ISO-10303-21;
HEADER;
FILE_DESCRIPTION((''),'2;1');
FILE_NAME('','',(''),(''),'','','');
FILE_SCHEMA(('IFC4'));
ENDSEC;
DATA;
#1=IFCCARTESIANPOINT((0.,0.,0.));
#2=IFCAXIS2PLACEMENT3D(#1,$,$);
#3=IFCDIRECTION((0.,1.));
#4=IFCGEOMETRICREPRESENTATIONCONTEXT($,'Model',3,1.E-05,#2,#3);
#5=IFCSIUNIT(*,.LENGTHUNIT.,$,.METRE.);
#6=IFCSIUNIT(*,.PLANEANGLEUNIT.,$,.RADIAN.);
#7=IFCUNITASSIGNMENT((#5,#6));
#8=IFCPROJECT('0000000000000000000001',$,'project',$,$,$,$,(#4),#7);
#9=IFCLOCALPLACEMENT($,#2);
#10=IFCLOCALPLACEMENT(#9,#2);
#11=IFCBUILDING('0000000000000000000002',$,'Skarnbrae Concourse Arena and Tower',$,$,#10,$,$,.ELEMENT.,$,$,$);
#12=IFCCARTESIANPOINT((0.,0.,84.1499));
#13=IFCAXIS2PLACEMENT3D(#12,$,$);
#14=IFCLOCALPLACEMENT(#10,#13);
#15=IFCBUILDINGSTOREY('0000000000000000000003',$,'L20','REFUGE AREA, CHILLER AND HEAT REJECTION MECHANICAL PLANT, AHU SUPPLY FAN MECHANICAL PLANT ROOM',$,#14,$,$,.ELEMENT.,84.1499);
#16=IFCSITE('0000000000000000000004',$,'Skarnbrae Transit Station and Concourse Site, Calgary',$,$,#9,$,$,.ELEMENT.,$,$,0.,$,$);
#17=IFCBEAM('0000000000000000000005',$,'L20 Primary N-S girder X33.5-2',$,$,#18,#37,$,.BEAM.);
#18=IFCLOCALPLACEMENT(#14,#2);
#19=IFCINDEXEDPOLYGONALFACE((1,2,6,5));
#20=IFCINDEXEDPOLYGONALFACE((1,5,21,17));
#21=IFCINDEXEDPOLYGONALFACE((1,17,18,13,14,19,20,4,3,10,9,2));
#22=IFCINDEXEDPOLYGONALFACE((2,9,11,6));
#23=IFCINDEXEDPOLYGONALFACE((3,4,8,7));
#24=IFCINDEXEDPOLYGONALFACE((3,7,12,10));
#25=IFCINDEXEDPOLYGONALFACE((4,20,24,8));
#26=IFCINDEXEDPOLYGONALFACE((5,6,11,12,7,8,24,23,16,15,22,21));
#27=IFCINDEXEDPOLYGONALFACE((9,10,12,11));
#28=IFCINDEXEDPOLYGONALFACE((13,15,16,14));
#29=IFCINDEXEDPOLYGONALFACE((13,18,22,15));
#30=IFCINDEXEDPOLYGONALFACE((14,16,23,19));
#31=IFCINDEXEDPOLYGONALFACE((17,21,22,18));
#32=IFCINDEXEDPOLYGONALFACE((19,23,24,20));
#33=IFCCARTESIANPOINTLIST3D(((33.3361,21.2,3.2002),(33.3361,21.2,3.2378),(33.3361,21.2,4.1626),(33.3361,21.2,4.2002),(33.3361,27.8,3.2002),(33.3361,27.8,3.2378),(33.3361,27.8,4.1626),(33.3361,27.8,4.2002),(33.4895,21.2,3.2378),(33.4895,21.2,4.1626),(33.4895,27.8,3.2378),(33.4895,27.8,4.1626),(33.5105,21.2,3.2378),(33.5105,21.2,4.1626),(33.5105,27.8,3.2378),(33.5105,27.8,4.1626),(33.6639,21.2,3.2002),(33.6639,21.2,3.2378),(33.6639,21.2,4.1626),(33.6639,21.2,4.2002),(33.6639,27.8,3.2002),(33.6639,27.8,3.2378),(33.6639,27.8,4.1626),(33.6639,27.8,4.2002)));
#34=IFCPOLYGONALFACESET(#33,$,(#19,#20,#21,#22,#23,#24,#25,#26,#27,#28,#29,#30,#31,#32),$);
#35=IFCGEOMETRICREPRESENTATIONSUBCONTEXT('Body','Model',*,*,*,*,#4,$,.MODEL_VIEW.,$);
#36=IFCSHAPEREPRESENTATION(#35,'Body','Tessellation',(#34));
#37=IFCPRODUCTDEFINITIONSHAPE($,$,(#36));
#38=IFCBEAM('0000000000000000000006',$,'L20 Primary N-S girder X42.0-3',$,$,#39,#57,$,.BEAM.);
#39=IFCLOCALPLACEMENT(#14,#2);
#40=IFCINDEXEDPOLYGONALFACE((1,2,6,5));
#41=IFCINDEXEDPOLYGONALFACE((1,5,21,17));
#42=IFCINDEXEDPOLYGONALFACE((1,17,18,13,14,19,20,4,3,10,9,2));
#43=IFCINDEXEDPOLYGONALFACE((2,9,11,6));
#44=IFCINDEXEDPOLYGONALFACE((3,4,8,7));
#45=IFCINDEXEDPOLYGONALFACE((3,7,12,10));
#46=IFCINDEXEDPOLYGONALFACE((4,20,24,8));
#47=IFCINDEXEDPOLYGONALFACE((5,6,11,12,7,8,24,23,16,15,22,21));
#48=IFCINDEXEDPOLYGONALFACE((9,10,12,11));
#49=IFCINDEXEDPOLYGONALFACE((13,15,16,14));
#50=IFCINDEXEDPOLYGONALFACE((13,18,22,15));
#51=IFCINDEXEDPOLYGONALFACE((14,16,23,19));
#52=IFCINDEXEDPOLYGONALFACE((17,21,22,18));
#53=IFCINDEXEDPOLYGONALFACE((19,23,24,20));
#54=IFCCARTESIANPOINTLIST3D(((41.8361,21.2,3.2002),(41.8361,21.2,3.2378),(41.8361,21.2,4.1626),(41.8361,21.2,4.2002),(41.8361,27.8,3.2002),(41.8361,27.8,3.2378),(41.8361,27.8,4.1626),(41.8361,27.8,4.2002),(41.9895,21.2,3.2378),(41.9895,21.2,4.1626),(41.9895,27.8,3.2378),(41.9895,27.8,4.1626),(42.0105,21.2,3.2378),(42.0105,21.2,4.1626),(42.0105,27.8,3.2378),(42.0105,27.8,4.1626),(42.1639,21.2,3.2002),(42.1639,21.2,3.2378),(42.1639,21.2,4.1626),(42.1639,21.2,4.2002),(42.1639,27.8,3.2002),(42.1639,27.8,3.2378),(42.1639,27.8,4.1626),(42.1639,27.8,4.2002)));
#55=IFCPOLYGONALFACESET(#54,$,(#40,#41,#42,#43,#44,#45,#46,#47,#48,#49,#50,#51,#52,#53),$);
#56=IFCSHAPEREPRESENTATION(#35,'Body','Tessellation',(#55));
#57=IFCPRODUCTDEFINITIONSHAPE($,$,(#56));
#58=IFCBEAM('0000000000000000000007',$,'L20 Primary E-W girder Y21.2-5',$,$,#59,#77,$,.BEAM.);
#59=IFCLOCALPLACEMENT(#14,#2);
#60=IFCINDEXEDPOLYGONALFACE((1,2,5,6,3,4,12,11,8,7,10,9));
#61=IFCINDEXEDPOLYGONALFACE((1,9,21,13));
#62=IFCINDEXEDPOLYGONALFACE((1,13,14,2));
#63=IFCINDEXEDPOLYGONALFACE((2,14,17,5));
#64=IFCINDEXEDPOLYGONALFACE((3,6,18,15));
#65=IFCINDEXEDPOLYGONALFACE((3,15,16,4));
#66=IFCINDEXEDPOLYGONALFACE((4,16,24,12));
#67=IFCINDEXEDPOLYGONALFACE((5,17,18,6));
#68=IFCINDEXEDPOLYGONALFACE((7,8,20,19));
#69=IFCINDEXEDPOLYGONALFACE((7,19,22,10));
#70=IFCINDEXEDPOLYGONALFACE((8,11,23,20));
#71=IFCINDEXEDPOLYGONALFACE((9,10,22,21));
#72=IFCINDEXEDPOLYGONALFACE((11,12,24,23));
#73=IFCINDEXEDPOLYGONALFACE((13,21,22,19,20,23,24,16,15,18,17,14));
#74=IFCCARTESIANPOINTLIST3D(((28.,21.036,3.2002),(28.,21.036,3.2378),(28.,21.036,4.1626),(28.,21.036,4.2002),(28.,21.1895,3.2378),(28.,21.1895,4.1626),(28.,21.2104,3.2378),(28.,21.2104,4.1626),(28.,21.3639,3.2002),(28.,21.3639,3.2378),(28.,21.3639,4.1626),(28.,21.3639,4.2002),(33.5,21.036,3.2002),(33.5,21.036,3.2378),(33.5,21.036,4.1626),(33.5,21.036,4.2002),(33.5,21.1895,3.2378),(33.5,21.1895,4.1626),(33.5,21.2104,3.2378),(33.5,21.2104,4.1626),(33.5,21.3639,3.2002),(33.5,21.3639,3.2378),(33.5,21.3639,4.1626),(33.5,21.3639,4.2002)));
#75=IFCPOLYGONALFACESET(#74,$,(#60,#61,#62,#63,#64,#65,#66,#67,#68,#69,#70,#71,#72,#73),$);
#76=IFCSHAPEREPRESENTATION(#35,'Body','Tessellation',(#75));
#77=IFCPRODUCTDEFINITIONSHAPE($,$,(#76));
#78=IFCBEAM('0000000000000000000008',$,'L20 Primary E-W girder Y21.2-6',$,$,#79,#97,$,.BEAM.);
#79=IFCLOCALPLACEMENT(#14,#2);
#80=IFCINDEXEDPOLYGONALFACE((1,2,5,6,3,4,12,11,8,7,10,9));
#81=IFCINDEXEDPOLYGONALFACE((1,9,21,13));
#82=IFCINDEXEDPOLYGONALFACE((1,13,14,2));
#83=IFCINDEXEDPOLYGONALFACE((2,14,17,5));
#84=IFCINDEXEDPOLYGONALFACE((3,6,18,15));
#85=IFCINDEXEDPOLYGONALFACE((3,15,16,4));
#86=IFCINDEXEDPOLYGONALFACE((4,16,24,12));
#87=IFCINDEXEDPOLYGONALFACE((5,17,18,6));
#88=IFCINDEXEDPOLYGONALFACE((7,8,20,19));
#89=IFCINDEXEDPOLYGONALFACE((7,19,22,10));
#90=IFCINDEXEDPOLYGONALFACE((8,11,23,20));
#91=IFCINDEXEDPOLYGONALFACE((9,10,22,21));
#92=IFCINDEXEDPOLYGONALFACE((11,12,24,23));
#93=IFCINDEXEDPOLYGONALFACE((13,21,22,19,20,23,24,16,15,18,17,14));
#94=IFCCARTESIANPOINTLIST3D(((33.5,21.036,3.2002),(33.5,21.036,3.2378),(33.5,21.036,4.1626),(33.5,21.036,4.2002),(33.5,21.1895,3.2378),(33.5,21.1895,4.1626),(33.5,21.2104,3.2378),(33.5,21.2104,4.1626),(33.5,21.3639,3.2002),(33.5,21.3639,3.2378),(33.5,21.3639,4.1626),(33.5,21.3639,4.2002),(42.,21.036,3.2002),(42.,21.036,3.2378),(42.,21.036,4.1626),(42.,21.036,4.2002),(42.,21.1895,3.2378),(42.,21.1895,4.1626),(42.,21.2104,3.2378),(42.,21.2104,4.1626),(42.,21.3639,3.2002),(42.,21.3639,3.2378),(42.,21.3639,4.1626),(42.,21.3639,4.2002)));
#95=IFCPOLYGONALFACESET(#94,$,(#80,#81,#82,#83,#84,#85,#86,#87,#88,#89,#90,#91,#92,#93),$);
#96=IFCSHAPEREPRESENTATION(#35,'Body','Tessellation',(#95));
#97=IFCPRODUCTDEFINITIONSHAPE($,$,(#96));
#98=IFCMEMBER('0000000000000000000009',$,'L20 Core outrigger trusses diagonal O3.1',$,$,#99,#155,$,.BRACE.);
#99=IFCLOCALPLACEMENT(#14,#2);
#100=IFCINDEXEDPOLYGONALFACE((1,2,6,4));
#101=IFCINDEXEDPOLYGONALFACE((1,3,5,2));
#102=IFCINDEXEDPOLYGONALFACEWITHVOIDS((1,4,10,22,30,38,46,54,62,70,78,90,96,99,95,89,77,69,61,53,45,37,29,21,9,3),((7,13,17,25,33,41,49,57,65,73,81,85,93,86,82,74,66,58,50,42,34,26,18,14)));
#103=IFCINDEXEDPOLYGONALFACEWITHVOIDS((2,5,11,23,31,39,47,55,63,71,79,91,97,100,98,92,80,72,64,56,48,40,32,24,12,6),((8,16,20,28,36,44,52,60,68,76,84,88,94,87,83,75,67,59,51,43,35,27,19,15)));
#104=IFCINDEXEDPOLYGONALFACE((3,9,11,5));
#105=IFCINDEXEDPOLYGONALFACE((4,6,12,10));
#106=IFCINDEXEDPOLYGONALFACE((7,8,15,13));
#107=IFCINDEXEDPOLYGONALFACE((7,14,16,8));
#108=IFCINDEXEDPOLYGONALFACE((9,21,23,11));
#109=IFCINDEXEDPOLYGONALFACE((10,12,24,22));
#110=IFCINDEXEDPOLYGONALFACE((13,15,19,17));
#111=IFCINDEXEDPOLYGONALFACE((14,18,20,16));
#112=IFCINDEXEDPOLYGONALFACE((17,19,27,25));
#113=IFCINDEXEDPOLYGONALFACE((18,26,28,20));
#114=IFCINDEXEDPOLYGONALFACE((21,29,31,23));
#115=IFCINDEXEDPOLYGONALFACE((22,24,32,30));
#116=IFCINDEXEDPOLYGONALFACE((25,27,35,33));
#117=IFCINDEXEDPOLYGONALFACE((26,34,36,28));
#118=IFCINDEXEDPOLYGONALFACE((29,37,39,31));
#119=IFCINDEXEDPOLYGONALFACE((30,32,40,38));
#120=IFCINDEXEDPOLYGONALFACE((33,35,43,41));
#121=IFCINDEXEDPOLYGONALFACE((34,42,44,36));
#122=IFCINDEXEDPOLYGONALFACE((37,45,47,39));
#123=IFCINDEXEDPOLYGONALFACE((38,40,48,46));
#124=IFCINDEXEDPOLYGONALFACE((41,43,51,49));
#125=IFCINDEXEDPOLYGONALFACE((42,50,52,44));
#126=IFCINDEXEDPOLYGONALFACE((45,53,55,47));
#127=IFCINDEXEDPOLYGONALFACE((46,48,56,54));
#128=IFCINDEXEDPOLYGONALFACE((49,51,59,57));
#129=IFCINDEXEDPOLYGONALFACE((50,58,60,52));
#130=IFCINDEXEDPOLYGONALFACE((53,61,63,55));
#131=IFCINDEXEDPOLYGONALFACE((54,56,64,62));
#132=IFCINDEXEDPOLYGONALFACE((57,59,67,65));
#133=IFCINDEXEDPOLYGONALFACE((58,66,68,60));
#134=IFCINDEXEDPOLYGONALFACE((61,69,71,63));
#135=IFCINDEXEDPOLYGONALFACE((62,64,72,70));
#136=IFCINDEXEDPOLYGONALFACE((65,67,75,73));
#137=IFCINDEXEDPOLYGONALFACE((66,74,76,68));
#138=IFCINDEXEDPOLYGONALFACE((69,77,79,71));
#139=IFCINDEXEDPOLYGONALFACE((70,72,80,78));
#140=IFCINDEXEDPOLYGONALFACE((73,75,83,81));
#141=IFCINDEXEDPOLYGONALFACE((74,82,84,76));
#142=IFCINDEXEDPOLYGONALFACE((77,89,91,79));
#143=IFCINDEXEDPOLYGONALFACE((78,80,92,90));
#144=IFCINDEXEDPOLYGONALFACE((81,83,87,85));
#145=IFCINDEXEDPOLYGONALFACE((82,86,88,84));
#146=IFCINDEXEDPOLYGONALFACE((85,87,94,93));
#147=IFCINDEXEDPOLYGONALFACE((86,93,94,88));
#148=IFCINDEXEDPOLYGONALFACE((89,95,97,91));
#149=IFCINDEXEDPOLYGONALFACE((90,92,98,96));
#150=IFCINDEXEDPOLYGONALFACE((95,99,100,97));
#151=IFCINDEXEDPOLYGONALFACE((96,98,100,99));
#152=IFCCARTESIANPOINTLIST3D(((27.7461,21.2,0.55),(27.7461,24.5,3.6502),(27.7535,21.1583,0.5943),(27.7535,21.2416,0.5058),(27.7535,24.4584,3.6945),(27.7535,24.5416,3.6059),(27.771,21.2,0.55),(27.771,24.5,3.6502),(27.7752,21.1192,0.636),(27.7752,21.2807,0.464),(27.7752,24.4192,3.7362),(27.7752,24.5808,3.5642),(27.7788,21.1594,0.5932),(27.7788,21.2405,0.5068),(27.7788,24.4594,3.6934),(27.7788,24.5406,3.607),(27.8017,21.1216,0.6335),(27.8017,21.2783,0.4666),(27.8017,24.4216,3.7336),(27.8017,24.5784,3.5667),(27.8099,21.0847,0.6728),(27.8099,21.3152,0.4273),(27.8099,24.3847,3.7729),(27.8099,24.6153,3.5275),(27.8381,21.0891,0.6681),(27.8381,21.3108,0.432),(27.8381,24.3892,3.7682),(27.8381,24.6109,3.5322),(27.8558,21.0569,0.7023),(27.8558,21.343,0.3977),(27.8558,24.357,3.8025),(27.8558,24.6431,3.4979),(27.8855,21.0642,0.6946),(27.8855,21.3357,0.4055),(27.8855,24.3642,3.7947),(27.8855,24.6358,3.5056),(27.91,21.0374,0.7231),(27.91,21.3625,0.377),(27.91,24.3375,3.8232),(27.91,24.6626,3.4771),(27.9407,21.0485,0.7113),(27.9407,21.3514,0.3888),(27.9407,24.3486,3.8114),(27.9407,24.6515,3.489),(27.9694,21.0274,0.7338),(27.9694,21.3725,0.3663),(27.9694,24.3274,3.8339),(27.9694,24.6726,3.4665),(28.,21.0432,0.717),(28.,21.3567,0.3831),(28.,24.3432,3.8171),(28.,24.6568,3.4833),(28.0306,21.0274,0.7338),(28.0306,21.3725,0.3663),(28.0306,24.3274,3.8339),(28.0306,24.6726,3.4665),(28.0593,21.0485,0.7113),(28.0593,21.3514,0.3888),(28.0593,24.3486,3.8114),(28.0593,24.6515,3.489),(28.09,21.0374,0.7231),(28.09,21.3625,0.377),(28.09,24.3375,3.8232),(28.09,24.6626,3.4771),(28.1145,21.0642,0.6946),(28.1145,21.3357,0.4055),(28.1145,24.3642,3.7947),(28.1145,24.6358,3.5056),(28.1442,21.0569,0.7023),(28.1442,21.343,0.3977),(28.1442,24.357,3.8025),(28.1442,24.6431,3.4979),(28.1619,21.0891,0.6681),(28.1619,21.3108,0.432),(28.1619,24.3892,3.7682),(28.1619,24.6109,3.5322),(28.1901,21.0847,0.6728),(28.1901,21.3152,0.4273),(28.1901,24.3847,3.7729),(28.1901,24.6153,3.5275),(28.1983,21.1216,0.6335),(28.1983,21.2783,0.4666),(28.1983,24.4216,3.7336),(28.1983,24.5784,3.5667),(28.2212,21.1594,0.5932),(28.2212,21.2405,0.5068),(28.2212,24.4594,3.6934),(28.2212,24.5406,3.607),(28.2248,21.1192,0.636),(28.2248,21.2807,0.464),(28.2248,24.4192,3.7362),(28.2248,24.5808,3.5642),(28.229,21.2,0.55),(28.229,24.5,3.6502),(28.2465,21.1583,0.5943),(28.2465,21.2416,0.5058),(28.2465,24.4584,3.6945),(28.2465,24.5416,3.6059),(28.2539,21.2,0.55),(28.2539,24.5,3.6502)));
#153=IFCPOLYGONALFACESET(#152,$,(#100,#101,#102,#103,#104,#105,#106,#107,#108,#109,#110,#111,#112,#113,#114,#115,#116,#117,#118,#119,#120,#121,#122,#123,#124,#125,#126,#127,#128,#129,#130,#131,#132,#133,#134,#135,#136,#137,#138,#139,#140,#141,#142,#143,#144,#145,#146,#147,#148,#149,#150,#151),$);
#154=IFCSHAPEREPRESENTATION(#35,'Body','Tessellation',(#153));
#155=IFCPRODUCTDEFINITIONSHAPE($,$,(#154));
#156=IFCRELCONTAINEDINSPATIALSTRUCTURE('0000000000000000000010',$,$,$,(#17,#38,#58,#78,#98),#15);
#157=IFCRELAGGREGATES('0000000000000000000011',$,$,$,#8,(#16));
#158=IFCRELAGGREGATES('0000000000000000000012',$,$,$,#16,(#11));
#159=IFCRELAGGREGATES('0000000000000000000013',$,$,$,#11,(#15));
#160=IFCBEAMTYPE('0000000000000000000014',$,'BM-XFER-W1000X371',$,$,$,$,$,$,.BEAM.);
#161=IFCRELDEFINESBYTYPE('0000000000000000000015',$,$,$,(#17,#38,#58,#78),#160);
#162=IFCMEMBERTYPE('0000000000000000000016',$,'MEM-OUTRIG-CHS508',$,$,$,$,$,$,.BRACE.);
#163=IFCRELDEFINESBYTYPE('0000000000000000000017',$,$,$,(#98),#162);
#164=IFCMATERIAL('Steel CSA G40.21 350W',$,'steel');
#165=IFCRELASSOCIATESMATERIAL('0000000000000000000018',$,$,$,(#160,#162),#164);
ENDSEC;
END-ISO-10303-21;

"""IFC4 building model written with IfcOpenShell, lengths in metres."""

from ifc_helpers import new_model, si_unit, direction, frame, origin, origin_2d, place, context, subcontext, project, spatial, hollow_circle, i_section, extrude, source, transform, mapped, material, material_profile, profile_set, type_object, element, save


model = new_model("IFC4")

# Units and contexts
model_context = context("Model", 3, precision=1e-05, world=origin(), true_north=direction((0.0, 1.0)))
body_context = subcontext(model_context, "Body", "Model", "MODEL_VIEW")
ifc_project = project(units=[si_unit("LENGTHUNIT", "METRE"), si_unit("PLANEANGLEUNIT", "RADIAN")], contexts=[model_context])

# Site, building, storey
site_placement = place(None, origin())
site = spatial("IfcSite", under=ifc_project, at=site_placement, Name="Skarnbrae Transit Station and Concourse Site, Calgary", CompositionType="ELEMENT", RefElevation=0.0)
building_placement = place(site_placement, origin())
building = spatial("IfcBuilding", under=site, at=building_placement, Name="Skarnbrae Concourse Arena and Tower", CompositionType="ELEMENT")
storey_placement = place(building_placement, frame((0.0, 0.0, 84.1499)))
storey = spatial("IfcBuildingStorey", under=building, at=storey_placement, Name="L20", Description="REFUGE AREA, CHILLER AND HEAT REJECTION MECHANICAL PLANT, AHU SUPPLY FAN MECHANICAL PLANT ROOM", CompositionType="ELEMENT", Elevation=84.1499)

# Shared definitions
ifc_material_1 = material(Name="Steel CSA G40.21 350W", Category="steel")

# Beams
ifc_material_profile_1 = material_profile(ifc_material_1, i_section(OverallWidth=0.3279, OverallDepth=1.0, WebThickness=0.021, FlangeThickness=0.0376, at=origin_2d()), Name="W1000X371")
ifc_profile_set_1 = profile_set([ifc_material_profile_1], Name="Steel CSA G40.21 350W")
beam_type_1 = type_object("IfcBeamType", Name="BM-XFER-W1000X371", PredefinedType="BEAM", material=ifc_profile_set_1)
shared_shape_1 = source(origin(), body_context, "Body", "SweptSolid", [
    extrude(i_section(OverallWidth=0.3279, OverallDepth=1.0, WebThickness=0.021, FlangeThickness=0.0376, at=origin_2d()), origin(), (0.0, 0.0, 1.0), 6.6001),
])
for number, where, z_axis, x_axis, name in (
    (1, (33.5, 21.2, 3.7002), (0.0, 1.0, 0.0), (-1.0, 0.0, 0.0), "L20 Primary N-S girder X33.5-2"),
    (2, (42.0, 21.2, 3.7002), (0.0, 1.0, 0.0), (-1.0, 0.0, 0.0), "L20 Primary N-S girder X42.0-3"),
):
    element("IfcBeam", number, at=place(storey_placement, frame(where, z_axis=z_axis, x_axis=x_axis)), inside=storey, type_object=beam_type_1, Name=name, PredefinedType="BEAM", context=body_context, shape_type="MappedRepresentation", body=[
        mapped(shared_shape_1, transform((0.0, 0.0, 0.0))),
    ])
shared_shape_2 = source(origin(), body_context, "Body", "SweptSolid", [
    extrude(i_section(OverallWidth=0.3279, OverallDepth=1.0, WebThickness=0.021, FlangeThickness=0.0376, at=origin_2d()), origin(), (0.0, 0.0, 1.0), 5.5),
])
beam_1_placement = place(storey_placement, frame((28.0, 21.2, 3.7002), z_axis=(1.0, 0.0, 0.0), x_axis=(0.0, 1.0, 0.0)))
element("IfcBeam", 3, at=beam_1_placement, inside=storey, type_object=beam_type_1, Name="L20 Primary E-W girder Y21.2-5", PredefinedType="BEAM", context=body_context, shape_type="MappedRepresentation", body=[
    mapped(shared_shape_2, transform((0.0, 0.0, 0.0))),
])
shared_shape_3 = source(origin(), body_context, "Body", "SweptSolid", [
    extrude(i_section(OverallWidth=0.3279, OverallDepth=1.0, WebThickness=0.021, FlangeThickness=0.0376, at=origin_2d()), origin(), (0.0, 0.0, 1.0), 8.5),
])
beam_2_placement = place(storey_placement, frame((33.5, 21.2, 3.7002), z_axis=(1.0, 0.0, 0.0), x_axis=(0.0, 1.0, 0.0)))
element("IfcBeam", 4, at=beam_2_placement, inside=storey, type_object=beam_type_1, Name="L20 Primary E-W girder Y21.2-6", PredefinedType="BEAM", context=body_context, shape_type="MappedRepresentation", body=[
    mapped(shared_shape_3, transform((0.0, 0.0, 0.0))),
])

# Member
ifc_material_profile_2 = material_profile(ifc_material_1, hollow_circle(Radius=0.2539, WallThickness=0.0249, at=origin_2d()), Name="HSS508X25.0")
ifc_profile_set_2 = profile_set([ifc_material_profile_2], Name="Steel CSA G40.21 350W")
member_type_1 = type_object("IfcMemberType", Name="MEM-OUTRIG-CHS508", PredefinedType="BRACE", material=ifc_profile_set_2)
shared_shape_4 = source(origin(), body_context, "Body", "SweptSolid", [
    extrude(hollow_circle(Radius=0.2539, WallThickness=0.0249, at=origin_2d()), origin(), (0.0, 0.0, 1.0), 4.5278),
])
for number, where, z_axis, x_axis, name in (
    (5, (28.0, 21.2, 0.55), (0.0, 0.728842, 0.684682), (-1.0, 0.0, 0.0), "L20 Core outrigger trusses diagonal O3.1"),
):
    element("IfcMember", number, at=place(storey_placement, frame(where, z_axis=z_axis, x_axis=x_axis)), inside=storey, type_object=member_type_1, Name=name, PredefinedType="BRACE", context=body_context, shape_type="MappedRepresentation", body=[
        mapped(shared_shape_4, transform((0.0, 0.0, 0.0))),
    ])

save(model, "model.ifc")
